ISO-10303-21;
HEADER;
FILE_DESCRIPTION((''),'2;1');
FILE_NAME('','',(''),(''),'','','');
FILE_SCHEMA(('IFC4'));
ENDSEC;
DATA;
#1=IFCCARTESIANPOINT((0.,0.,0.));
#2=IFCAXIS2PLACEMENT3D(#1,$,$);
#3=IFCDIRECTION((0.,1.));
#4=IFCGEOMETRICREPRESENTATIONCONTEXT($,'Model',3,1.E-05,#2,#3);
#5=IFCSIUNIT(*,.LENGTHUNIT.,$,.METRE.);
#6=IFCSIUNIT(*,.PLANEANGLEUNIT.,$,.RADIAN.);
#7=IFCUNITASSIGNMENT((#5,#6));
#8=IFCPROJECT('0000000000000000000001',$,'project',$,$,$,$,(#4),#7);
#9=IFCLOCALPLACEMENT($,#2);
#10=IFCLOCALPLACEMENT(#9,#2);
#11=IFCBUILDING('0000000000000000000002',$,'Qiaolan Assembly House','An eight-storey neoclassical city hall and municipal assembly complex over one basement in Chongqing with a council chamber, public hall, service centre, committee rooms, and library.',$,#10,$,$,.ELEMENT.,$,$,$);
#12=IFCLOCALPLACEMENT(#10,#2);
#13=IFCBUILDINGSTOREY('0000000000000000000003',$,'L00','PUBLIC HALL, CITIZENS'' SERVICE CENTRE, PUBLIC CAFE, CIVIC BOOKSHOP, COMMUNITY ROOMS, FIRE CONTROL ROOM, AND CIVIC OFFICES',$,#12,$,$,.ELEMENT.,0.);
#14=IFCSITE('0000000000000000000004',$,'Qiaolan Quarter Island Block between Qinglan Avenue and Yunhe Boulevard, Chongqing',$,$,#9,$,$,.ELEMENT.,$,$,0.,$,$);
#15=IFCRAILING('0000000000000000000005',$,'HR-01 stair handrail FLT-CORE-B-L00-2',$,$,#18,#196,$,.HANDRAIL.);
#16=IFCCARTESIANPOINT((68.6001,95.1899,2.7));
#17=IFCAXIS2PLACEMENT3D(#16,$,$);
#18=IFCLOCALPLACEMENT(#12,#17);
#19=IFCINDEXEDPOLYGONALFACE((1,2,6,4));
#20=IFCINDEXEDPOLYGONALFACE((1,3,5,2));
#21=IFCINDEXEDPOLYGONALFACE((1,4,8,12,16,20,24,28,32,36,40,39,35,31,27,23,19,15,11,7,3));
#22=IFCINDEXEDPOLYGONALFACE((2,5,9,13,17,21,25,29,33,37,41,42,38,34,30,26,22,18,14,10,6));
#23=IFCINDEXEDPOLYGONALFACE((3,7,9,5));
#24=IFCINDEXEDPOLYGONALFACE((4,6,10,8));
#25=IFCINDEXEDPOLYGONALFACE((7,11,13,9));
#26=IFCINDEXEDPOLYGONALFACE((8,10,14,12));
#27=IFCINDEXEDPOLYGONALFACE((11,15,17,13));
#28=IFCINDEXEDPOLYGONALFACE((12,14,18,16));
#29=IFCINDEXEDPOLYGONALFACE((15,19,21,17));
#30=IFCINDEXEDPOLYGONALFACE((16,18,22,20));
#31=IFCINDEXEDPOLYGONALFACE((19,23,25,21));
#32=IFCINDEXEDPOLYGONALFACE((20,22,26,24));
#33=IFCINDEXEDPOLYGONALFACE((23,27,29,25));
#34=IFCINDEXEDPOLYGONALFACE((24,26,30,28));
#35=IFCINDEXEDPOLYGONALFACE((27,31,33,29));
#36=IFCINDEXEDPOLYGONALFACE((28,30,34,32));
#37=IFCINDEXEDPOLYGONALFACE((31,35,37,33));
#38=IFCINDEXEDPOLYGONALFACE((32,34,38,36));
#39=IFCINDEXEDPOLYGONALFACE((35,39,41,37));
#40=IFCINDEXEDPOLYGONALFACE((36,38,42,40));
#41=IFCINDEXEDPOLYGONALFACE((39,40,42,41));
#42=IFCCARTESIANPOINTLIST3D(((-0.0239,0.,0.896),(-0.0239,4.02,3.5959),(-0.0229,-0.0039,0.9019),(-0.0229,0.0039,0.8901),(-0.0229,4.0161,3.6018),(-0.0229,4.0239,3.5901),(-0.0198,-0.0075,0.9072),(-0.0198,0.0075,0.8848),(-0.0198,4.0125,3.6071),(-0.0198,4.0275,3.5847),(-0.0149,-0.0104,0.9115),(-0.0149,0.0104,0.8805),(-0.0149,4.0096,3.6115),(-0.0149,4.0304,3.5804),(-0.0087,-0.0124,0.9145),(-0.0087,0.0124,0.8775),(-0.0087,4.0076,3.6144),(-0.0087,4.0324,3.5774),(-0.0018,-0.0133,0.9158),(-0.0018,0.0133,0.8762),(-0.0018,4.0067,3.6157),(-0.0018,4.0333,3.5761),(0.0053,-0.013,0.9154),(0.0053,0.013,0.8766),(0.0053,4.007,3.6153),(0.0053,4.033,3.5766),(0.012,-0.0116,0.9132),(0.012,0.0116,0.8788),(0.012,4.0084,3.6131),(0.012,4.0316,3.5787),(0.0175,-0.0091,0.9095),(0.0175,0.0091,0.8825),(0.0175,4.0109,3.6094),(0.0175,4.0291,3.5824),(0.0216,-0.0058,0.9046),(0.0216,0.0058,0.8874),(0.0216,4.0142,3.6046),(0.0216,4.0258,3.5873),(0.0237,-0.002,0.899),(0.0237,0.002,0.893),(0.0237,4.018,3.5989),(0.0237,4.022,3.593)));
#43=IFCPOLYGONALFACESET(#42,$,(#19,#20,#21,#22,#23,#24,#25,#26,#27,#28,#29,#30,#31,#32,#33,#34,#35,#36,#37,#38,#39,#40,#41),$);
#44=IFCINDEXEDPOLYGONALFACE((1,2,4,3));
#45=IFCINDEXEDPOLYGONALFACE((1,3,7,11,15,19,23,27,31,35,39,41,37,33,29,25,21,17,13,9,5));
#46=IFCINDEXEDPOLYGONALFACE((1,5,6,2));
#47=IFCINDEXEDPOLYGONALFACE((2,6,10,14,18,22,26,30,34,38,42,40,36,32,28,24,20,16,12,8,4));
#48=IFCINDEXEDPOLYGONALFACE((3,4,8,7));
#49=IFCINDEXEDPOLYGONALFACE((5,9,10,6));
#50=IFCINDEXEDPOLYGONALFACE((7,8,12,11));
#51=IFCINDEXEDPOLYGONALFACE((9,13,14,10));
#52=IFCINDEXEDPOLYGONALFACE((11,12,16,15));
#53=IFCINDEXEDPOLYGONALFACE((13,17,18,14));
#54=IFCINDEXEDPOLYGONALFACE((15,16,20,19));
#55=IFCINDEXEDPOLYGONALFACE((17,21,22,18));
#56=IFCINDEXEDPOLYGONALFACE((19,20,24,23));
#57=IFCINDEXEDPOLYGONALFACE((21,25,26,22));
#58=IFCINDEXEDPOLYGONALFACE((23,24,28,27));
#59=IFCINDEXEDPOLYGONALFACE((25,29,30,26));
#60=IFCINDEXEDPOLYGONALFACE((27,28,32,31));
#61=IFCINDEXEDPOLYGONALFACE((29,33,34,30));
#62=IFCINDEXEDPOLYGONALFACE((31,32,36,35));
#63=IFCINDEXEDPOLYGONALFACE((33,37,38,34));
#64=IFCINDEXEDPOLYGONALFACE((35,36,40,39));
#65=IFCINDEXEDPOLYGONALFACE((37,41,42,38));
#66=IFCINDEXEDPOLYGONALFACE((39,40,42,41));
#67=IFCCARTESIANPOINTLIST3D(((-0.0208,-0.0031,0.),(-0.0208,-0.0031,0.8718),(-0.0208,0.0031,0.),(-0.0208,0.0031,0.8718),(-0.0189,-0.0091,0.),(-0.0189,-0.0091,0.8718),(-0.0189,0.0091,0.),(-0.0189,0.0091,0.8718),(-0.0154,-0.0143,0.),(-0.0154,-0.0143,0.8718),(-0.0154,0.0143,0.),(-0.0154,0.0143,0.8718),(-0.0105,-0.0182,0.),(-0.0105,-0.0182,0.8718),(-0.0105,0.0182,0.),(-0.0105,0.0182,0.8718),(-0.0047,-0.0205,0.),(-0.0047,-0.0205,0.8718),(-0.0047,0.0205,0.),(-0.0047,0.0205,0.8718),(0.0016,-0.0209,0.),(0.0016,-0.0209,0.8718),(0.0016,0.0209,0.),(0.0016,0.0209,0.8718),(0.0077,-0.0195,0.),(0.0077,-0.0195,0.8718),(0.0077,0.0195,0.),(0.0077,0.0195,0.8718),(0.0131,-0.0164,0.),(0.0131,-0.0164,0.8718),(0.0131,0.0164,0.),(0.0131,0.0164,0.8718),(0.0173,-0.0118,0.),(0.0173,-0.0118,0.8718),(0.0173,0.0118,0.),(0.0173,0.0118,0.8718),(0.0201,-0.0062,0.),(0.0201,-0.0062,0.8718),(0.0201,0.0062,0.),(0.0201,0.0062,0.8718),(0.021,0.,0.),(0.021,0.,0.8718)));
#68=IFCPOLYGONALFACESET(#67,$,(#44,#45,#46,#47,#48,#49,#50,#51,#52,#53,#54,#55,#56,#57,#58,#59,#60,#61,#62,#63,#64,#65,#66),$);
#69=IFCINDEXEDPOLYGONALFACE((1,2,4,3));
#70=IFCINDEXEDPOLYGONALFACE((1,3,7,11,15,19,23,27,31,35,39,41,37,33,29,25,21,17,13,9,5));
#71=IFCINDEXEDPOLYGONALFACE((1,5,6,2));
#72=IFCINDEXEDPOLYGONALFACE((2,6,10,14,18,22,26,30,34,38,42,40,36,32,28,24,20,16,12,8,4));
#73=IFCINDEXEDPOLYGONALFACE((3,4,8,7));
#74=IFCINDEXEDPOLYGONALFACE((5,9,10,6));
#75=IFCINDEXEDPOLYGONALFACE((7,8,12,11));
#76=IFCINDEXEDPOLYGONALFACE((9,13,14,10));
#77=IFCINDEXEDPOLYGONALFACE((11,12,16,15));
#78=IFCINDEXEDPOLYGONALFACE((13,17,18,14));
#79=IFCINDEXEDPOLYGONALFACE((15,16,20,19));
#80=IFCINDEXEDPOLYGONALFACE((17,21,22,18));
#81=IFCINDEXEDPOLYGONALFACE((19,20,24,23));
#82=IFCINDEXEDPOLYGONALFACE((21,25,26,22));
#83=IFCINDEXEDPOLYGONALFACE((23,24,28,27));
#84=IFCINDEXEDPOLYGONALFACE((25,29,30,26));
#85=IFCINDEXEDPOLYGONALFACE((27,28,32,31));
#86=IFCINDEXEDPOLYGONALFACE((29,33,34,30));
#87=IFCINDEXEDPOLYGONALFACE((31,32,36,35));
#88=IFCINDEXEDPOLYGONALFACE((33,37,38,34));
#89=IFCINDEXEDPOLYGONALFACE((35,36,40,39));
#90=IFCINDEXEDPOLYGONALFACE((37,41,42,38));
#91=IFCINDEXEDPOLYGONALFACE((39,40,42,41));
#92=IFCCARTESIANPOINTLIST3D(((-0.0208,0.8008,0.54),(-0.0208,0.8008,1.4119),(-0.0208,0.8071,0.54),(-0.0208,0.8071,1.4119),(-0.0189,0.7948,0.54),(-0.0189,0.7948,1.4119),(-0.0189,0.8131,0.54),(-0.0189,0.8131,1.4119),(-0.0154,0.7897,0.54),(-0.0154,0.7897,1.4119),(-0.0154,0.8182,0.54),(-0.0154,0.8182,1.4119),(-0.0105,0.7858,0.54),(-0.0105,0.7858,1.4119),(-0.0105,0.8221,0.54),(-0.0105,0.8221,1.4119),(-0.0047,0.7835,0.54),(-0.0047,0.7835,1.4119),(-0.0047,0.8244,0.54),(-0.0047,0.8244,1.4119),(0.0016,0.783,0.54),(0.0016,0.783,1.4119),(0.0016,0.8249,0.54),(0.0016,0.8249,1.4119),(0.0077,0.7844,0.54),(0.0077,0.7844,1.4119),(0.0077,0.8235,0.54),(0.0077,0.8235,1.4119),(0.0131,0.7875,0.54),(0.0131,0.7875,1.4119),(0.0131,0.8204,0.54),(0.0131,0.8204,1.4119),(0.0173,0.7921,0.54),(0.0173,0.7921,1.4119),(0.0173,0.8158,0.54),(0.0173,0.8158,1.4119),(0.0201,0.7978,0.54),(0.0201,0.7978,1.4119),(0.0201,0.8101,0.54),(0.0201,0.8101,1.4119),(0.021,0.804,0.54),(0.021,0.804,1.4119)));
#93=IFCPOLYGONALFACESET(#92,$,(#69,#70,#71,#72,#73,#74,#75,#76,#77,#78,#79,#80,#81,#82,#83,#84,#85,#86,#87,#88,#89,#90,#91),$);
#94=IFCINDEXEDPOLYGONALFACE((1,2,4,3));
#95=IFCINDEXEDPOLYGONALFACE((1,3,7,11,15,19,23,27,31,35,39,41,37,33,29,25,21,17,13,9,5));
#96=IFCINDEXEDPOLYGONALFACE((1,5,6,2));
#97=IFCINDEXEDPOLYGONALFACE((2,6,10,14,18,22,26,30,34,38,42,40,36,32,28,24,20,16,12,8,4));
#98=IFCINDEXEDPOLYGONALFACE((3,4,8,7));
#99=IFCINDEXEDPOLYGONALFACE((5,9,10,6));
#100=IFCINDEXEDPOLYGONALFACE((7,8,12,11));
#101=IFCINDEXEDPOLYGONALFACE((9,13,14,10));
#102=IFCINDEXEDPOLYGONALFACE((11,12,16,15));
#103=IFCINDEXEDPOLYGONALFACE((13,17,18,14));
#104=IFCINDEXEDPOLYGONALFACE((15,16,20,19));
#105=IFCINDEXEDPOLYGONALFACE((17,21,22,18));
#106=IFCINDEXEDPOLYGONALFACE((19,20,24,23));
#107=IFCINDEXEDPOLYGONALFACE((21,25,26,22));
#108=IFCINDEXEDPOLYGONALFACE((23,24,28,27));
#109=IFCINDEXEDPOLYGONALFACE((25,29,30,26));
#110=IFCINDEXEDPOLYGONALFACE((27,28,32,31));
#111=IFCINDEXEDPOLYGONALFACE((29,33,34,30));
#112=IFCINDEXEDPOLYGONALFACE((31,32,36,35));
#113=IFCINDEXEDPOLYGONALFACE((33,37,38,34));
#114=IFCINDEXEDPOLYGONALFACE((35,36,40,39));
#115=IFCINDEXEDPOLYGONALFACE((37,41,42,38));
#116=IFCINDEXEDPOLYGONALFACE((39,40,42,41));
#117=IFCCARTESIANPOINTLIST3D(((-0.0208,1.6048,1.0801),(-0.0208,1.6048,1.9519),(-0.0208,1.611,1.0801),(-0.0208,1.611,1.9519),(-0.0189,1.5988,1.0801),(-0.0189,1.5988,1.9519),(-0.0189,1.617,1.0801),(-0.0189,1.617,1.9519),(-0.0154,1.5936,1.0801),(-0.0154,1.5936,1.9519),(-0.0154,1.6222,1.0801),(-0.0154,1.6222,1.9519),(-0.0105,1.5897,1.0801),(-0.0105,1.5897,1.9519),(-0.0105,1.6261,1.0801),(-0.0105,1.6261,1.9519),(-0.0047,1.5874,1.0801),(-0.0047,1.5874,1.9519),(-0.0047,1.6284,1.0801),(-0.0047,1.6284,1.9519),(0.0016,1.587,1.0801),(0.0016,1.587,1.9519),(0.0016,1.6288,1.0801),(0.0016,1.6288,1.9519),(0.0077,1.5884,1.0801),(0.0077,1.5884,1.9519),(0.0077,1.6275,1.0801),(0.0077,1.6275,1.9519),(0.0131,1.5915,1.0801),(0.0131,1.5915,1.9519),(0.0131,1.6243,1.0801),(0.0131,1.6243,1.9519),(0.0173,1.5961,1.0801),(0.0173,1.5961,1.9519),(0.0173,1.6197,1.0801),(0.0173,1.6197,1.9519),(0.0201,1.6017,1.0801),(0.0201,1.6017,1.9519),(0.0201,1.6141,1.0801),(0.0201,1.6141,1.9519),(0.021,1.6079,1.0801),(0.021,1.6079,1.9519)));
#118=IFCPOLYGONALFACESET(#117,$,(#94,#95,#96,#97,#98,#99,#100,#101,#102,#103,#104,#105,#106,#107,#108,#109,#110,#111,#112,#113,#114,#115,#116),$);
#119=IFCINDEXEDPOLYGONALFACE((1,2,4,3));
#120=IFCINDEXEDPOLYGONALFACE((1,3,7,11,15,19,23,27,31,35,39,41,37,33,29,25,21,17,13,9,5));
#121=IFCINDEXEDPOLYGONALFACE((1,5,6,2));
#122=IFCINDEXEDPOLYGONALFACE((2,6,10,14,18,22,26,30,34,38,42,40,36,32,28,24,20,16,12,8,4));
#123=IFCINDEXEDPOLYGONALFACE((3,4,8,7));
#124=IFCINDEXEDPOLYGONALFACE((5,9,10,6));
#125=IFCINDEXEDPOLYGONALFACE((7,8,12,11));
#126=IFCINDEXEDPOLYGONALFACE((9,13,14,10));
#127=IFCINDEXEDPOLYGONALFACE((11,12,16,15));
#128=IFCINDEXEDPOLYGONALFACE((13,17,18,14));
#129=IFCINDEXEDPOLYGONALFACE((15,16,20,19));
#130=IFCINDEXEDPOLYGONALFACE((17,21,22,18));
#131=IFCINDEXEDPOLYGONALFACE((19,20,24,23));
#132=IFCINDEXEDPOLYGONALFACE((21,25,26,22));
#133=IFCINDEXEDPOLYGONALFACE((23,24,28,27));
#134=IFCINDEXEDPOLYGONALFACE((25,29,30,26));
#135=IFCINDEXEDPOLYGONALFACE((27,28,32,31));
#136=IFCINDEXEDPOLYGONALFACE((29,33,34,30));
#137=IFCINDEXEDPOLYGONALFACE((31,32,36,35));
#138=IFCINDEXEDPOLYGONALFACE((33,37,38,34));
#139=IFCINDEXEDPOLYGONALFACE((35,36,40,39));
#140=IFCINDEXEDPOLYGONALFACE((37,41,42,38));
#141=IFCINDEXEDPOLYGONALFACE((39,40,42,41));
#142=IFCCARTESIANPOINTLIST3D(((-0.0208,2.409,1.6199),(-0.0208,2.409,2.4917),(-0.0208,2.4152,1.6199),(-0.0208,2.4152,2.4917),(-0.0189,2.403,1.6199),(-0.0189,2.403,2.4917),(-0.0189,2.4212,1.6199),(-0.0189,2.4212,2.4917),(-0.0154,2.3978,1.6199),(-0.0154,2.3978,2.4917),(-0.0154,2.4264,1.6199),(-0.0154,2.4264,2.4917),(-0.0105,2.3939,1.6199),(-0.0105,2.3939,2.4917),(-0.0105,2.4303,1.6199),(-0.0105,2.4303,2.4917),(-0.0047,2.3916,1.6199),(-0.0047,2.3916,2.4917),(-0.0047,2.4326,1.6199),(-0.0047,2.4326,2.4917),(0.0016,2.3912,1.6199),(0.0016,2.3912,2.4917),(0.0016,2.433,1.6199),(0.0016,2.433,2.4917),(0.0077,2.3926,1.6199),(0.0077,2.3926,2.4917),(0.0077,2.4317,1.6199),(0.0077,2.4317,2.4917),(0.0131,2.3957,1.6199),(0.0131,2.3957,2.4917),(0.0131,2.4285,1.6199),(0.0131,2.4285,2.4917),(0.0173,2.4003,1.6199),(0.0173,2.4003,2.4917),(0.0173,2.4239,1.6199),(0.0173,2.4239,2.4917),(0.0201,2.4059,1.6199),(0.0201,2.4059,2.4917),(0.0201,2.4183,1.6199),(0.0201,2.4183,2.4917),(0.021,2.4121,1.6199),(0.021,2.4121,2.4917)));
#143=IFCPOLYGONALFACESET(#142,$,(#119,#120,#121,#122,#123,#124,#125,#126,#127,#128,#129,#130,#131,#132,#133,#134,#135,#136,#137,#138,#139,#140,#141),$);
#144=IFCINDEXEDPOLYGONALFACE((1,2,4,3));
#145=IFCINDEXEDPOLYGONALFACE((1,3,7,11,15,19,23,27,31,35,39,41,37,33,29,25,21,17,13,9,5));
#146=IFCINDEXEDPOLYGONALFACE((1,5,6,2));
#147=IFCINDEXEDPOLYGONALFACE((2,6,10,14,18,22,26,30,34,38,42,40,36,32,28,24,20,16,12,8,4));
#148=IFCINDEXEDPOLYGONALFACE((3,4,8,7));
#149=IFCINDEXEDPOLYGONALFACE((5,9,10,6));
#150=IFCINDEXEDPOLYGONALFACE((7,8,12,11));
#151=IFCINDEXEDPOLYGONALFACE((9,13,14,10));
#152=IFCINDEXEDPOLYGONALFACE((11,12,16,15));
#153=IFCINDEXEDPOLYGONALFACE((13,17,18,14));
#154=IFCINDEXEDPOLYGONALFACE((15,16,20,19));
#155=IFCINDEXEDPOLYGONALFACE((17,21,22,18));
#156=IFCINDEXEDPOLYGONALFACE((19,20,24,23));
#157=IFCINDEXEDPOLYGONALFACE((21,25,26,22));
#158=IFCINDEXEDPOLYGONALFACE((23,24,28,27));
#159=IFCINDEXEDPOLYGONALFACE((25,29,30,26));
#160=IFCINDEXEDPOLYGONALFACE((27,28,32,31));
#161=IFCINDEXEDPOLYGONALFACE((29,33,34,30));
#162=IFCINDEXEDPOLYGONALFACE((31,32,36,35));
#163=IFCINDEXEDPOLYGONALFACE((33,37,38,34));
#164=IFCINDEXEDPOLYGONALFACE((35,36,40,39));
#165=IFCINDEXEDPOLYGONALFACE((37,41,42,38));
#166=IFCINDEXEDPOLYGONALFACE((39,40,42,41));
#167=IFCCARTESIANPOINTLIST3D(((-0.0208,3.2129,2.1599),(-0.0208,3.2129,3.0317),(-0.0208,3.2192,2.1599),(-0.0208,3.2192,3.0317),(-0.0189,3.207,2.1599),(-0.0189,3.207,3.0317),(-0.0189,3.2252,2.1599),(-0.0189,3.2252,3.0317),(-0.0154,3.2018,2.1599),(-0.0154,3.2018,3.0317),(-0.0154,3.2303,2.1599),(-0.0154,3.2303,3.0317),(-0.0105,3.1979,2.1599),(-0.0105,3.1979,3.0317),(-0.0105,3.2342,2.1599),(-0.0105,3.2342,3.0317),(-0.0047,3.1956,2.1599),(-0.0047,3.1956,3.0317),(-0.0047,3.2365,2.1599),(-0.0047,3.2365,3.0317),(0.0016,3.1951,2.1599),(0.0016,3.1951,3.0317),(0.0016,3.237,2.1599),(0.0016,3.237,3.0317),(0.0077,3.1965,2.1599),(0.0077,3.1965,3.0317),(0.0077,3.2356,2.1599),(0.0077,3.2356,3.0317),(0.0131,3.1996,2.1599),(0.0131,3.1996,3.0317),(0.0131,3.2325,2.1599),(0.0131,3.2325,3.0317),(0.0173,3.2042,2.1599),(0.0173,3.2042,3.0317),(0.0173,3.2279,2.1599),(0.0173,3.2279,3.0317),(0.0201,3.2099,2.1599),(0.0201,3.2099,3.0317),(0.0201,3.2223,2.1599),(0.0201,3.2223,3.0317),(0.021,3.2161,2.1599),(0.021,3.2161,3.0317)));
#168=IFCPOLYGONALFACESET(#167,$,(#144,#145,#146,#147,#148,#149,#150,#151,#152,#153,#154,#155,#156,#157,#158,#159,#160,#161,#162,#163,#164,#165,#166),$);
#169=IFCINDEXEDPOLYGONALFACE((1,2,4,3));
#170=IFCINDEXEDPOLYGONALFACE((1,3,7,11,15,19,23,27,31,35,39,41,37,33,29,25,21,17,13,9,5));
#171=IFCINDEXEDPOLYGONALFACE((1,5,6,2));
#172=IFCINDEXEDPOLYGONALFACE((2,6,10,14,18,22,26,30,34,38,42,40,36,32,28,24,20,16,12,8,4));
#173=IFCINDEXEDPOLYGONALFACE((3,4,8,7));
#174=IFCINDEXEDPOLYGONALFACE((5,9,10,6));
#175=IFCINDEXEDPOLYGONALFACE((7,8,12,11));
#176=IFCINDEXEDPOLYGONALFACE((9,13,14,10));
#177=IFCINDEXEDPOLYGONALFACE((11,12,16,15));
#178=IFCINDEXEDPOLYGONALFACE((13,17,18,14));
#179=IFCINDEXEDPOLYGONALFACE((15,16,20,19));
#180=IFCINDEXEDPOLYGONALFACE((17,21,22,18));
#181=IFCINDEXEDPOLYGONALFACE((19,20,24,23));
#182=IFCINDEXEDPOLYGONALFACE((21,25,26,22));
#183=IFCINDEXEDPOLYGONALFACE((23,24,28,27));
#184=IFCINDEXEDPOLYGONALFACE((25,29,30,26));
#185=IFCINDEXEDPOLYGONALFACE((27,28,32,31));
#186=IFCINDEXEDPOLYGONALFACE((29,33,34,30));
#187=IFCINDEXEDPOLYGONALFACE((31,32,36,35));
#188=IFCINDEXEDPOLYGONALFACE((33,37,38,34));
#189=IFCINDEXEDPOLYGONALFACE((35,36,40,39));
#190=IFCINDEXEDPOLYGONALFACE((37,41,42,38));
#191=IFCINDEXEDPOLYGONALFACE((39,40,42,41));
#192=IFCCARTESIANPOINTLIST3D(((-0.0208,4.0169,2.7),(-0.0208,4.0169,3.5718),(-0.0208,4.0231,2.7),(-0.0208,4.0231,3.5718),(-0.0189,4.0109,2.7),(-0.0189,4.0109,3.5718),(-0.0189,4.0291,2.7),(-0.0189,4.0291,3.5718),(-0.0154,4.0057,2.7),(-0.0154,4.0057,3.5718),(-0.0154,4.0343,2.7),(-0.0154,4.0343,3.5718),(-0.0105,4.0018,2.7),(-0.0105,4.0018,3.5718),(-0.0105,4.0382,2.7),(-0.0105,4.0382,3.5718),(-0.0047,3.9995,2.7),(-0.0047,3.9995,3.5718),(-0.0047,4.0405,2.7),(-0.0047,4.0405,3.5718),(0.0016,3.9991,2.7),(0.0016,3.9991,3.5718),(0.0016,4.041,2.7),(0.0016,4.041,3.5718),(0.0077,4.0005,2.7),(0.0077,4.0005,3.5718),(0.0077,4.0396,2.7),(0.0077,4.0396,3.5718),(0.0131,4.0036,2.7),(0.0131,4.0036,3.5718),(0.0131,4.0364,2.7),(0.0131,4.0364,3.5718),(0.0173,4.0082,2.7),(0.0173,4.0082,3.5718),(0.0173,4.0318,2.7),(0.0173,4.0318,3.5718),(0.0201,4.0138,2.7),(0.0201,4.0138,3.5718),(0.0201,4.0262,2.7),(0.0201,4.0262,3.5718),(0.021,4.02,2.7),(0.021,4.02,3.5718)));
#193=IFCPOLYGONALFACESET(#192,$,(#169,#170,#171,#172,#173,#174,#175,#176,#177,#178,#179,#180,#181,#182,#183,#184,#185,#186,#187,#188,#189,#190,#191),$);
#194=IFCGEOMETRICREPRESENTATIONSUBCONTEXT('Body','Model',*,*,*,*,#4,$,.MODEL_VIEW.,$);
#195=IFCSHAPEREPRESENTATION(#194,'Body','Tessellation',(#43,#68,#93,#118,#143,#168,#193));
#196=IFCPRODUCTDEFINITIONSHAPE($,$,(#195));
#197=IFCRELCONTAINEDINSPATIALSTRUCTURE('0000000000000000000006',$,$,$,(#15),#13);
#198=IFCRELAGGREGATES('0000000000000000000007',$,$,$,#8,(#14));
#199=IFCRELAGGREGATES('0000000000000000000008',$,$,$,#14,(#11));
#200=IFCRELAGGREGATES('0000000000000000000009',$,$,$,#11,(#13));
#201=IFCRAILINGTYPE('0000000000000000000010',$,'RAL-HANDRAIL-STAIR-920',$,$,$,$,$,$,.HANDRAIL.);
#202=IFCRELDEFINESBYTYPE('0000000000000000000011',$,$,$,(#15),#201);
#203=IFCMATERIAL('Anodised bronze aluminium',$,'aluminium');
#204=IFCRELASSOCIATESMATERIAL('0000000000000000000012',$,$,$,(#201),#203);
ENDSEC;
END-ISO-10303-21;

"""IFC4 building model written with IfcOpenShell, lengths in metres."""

from ifc_helpers import new_model, si_unit, direction, frame, origin, origin_2d, place, context, subcontext, project, spatial, circle, extrude, material, type_object, element, save


model = new_model("IFC4")

# Units and contexts
model_context = context("Model", 3, precision=1e-05, world=origin(), true_north=direction((0.0, 1.0)))
body_context = subcontext(model_context, "Body", "Model", "MODEL_VIEW")
ifc_project = project(units=[si_unit("LENGTHUNIT", "METRE"), si_unit("PLANEANGLEUNIT", "RADIAN")], contexts=[model_context])

# Site, building, storey
site_placement = place(None, origin())
site = spatial("IfcSite", under=ifc_project, at=site_placement, Name="Qiaolan Quarter Island Block between Qinglan Avenue and Yunhe Boulevard, Chongqing", CompositionType="ELEMENT", RefElevation=0.0)
building_placement = place(site_placement, origin())
building = spatial("IfcBuilding", under=site, at=building_placement, Name="Qiaolan Assembly House", Description="An eight-storey neoclassical city hall and municipal assembly complex over one basement in Chongqing with a council chamber, public hall, service centre, committee rooms, and library.", CompositionType="ELEMENT")
storey_placement = place(building_placement, origin())
storey = spatial("IfcBuildingStorey", under=building, at=storey_placement, Name="L00", Description="PUBLIC HALL, CITIZENS' SERVICE CENTRE, PUBLIC CAFE, CIVIC BOOKSHOP, COMMUNITY ROOMS, FIRE CONTROL ROOM, AND CIVIC OFFICES", CompositionType="ELEMENT", Elevation=0.0)

# Shared definitions
ifc_material_1 = material(Name="Anodised bronze aluminium", Category="aluminium")

# Railing
railing_type_1 = type_object("IfcRailingType", Name="RAL-HANDRAIL-STAIR-920", PredefinedType="HANDRAIL", material=ifc_material_1)
railing_1_placement = place(storey_placement, frame((68.6001, 95.1899, 2.7)))
element("IfcRailing", 1, at=railing_1_placement, inside=storey, type_object=railing_type_1, Name="HR-01 stair handrail FLT-CORE-B-L00-2", PredefinedType="HANDRAIL", context=body_context, shape_type="SweptSolid", body=[
    extrude(circle(Radius=0.0239, at=origin_2d()), frame((0.0, 0.0, 0.896), z_axis=(0.0, 0.830145, 0.557547), x_axis=(-1.0, 0.0, 0.0)), (0.0, 0.0, 1.0), 4.8425),
    extrude(circle(Radius=0.021, at=origin_2d()), origin(), (0.0, 0.0, 1.0), 0.8718),
    extrude(circle(Radius=0.021, at=origin_2d()), frame((0.0, 0.804, 0.54)), (0.0, 0.0, 1.0), 0.8718),
    extrude(circle(Radius=0.021, at=origin_2d()), frame((0.0, 1.6079, 1.0801)), (0.0, 0.0, 1.0), 0.8718),
    extrude(circle(Radius=0.021, at=origin_2d()), frame((0.0, 2.4121, 1.6199)), (0.0, 0.0, 1.0), 0.8718),
    extrude(circle(Radius=0.021, at=origin_2d()), frame((0.0, 3.2161, 2.1599)), (0.0, 0.0, 1.0), 0.8718),
    extrude(circle(Radius=0.021, at=origin_2d()), frame((0.0, 4.02, 2.7)), (0.0, 0.0, 1.0), 0.8718),
])

save(model, "model.ifc")
